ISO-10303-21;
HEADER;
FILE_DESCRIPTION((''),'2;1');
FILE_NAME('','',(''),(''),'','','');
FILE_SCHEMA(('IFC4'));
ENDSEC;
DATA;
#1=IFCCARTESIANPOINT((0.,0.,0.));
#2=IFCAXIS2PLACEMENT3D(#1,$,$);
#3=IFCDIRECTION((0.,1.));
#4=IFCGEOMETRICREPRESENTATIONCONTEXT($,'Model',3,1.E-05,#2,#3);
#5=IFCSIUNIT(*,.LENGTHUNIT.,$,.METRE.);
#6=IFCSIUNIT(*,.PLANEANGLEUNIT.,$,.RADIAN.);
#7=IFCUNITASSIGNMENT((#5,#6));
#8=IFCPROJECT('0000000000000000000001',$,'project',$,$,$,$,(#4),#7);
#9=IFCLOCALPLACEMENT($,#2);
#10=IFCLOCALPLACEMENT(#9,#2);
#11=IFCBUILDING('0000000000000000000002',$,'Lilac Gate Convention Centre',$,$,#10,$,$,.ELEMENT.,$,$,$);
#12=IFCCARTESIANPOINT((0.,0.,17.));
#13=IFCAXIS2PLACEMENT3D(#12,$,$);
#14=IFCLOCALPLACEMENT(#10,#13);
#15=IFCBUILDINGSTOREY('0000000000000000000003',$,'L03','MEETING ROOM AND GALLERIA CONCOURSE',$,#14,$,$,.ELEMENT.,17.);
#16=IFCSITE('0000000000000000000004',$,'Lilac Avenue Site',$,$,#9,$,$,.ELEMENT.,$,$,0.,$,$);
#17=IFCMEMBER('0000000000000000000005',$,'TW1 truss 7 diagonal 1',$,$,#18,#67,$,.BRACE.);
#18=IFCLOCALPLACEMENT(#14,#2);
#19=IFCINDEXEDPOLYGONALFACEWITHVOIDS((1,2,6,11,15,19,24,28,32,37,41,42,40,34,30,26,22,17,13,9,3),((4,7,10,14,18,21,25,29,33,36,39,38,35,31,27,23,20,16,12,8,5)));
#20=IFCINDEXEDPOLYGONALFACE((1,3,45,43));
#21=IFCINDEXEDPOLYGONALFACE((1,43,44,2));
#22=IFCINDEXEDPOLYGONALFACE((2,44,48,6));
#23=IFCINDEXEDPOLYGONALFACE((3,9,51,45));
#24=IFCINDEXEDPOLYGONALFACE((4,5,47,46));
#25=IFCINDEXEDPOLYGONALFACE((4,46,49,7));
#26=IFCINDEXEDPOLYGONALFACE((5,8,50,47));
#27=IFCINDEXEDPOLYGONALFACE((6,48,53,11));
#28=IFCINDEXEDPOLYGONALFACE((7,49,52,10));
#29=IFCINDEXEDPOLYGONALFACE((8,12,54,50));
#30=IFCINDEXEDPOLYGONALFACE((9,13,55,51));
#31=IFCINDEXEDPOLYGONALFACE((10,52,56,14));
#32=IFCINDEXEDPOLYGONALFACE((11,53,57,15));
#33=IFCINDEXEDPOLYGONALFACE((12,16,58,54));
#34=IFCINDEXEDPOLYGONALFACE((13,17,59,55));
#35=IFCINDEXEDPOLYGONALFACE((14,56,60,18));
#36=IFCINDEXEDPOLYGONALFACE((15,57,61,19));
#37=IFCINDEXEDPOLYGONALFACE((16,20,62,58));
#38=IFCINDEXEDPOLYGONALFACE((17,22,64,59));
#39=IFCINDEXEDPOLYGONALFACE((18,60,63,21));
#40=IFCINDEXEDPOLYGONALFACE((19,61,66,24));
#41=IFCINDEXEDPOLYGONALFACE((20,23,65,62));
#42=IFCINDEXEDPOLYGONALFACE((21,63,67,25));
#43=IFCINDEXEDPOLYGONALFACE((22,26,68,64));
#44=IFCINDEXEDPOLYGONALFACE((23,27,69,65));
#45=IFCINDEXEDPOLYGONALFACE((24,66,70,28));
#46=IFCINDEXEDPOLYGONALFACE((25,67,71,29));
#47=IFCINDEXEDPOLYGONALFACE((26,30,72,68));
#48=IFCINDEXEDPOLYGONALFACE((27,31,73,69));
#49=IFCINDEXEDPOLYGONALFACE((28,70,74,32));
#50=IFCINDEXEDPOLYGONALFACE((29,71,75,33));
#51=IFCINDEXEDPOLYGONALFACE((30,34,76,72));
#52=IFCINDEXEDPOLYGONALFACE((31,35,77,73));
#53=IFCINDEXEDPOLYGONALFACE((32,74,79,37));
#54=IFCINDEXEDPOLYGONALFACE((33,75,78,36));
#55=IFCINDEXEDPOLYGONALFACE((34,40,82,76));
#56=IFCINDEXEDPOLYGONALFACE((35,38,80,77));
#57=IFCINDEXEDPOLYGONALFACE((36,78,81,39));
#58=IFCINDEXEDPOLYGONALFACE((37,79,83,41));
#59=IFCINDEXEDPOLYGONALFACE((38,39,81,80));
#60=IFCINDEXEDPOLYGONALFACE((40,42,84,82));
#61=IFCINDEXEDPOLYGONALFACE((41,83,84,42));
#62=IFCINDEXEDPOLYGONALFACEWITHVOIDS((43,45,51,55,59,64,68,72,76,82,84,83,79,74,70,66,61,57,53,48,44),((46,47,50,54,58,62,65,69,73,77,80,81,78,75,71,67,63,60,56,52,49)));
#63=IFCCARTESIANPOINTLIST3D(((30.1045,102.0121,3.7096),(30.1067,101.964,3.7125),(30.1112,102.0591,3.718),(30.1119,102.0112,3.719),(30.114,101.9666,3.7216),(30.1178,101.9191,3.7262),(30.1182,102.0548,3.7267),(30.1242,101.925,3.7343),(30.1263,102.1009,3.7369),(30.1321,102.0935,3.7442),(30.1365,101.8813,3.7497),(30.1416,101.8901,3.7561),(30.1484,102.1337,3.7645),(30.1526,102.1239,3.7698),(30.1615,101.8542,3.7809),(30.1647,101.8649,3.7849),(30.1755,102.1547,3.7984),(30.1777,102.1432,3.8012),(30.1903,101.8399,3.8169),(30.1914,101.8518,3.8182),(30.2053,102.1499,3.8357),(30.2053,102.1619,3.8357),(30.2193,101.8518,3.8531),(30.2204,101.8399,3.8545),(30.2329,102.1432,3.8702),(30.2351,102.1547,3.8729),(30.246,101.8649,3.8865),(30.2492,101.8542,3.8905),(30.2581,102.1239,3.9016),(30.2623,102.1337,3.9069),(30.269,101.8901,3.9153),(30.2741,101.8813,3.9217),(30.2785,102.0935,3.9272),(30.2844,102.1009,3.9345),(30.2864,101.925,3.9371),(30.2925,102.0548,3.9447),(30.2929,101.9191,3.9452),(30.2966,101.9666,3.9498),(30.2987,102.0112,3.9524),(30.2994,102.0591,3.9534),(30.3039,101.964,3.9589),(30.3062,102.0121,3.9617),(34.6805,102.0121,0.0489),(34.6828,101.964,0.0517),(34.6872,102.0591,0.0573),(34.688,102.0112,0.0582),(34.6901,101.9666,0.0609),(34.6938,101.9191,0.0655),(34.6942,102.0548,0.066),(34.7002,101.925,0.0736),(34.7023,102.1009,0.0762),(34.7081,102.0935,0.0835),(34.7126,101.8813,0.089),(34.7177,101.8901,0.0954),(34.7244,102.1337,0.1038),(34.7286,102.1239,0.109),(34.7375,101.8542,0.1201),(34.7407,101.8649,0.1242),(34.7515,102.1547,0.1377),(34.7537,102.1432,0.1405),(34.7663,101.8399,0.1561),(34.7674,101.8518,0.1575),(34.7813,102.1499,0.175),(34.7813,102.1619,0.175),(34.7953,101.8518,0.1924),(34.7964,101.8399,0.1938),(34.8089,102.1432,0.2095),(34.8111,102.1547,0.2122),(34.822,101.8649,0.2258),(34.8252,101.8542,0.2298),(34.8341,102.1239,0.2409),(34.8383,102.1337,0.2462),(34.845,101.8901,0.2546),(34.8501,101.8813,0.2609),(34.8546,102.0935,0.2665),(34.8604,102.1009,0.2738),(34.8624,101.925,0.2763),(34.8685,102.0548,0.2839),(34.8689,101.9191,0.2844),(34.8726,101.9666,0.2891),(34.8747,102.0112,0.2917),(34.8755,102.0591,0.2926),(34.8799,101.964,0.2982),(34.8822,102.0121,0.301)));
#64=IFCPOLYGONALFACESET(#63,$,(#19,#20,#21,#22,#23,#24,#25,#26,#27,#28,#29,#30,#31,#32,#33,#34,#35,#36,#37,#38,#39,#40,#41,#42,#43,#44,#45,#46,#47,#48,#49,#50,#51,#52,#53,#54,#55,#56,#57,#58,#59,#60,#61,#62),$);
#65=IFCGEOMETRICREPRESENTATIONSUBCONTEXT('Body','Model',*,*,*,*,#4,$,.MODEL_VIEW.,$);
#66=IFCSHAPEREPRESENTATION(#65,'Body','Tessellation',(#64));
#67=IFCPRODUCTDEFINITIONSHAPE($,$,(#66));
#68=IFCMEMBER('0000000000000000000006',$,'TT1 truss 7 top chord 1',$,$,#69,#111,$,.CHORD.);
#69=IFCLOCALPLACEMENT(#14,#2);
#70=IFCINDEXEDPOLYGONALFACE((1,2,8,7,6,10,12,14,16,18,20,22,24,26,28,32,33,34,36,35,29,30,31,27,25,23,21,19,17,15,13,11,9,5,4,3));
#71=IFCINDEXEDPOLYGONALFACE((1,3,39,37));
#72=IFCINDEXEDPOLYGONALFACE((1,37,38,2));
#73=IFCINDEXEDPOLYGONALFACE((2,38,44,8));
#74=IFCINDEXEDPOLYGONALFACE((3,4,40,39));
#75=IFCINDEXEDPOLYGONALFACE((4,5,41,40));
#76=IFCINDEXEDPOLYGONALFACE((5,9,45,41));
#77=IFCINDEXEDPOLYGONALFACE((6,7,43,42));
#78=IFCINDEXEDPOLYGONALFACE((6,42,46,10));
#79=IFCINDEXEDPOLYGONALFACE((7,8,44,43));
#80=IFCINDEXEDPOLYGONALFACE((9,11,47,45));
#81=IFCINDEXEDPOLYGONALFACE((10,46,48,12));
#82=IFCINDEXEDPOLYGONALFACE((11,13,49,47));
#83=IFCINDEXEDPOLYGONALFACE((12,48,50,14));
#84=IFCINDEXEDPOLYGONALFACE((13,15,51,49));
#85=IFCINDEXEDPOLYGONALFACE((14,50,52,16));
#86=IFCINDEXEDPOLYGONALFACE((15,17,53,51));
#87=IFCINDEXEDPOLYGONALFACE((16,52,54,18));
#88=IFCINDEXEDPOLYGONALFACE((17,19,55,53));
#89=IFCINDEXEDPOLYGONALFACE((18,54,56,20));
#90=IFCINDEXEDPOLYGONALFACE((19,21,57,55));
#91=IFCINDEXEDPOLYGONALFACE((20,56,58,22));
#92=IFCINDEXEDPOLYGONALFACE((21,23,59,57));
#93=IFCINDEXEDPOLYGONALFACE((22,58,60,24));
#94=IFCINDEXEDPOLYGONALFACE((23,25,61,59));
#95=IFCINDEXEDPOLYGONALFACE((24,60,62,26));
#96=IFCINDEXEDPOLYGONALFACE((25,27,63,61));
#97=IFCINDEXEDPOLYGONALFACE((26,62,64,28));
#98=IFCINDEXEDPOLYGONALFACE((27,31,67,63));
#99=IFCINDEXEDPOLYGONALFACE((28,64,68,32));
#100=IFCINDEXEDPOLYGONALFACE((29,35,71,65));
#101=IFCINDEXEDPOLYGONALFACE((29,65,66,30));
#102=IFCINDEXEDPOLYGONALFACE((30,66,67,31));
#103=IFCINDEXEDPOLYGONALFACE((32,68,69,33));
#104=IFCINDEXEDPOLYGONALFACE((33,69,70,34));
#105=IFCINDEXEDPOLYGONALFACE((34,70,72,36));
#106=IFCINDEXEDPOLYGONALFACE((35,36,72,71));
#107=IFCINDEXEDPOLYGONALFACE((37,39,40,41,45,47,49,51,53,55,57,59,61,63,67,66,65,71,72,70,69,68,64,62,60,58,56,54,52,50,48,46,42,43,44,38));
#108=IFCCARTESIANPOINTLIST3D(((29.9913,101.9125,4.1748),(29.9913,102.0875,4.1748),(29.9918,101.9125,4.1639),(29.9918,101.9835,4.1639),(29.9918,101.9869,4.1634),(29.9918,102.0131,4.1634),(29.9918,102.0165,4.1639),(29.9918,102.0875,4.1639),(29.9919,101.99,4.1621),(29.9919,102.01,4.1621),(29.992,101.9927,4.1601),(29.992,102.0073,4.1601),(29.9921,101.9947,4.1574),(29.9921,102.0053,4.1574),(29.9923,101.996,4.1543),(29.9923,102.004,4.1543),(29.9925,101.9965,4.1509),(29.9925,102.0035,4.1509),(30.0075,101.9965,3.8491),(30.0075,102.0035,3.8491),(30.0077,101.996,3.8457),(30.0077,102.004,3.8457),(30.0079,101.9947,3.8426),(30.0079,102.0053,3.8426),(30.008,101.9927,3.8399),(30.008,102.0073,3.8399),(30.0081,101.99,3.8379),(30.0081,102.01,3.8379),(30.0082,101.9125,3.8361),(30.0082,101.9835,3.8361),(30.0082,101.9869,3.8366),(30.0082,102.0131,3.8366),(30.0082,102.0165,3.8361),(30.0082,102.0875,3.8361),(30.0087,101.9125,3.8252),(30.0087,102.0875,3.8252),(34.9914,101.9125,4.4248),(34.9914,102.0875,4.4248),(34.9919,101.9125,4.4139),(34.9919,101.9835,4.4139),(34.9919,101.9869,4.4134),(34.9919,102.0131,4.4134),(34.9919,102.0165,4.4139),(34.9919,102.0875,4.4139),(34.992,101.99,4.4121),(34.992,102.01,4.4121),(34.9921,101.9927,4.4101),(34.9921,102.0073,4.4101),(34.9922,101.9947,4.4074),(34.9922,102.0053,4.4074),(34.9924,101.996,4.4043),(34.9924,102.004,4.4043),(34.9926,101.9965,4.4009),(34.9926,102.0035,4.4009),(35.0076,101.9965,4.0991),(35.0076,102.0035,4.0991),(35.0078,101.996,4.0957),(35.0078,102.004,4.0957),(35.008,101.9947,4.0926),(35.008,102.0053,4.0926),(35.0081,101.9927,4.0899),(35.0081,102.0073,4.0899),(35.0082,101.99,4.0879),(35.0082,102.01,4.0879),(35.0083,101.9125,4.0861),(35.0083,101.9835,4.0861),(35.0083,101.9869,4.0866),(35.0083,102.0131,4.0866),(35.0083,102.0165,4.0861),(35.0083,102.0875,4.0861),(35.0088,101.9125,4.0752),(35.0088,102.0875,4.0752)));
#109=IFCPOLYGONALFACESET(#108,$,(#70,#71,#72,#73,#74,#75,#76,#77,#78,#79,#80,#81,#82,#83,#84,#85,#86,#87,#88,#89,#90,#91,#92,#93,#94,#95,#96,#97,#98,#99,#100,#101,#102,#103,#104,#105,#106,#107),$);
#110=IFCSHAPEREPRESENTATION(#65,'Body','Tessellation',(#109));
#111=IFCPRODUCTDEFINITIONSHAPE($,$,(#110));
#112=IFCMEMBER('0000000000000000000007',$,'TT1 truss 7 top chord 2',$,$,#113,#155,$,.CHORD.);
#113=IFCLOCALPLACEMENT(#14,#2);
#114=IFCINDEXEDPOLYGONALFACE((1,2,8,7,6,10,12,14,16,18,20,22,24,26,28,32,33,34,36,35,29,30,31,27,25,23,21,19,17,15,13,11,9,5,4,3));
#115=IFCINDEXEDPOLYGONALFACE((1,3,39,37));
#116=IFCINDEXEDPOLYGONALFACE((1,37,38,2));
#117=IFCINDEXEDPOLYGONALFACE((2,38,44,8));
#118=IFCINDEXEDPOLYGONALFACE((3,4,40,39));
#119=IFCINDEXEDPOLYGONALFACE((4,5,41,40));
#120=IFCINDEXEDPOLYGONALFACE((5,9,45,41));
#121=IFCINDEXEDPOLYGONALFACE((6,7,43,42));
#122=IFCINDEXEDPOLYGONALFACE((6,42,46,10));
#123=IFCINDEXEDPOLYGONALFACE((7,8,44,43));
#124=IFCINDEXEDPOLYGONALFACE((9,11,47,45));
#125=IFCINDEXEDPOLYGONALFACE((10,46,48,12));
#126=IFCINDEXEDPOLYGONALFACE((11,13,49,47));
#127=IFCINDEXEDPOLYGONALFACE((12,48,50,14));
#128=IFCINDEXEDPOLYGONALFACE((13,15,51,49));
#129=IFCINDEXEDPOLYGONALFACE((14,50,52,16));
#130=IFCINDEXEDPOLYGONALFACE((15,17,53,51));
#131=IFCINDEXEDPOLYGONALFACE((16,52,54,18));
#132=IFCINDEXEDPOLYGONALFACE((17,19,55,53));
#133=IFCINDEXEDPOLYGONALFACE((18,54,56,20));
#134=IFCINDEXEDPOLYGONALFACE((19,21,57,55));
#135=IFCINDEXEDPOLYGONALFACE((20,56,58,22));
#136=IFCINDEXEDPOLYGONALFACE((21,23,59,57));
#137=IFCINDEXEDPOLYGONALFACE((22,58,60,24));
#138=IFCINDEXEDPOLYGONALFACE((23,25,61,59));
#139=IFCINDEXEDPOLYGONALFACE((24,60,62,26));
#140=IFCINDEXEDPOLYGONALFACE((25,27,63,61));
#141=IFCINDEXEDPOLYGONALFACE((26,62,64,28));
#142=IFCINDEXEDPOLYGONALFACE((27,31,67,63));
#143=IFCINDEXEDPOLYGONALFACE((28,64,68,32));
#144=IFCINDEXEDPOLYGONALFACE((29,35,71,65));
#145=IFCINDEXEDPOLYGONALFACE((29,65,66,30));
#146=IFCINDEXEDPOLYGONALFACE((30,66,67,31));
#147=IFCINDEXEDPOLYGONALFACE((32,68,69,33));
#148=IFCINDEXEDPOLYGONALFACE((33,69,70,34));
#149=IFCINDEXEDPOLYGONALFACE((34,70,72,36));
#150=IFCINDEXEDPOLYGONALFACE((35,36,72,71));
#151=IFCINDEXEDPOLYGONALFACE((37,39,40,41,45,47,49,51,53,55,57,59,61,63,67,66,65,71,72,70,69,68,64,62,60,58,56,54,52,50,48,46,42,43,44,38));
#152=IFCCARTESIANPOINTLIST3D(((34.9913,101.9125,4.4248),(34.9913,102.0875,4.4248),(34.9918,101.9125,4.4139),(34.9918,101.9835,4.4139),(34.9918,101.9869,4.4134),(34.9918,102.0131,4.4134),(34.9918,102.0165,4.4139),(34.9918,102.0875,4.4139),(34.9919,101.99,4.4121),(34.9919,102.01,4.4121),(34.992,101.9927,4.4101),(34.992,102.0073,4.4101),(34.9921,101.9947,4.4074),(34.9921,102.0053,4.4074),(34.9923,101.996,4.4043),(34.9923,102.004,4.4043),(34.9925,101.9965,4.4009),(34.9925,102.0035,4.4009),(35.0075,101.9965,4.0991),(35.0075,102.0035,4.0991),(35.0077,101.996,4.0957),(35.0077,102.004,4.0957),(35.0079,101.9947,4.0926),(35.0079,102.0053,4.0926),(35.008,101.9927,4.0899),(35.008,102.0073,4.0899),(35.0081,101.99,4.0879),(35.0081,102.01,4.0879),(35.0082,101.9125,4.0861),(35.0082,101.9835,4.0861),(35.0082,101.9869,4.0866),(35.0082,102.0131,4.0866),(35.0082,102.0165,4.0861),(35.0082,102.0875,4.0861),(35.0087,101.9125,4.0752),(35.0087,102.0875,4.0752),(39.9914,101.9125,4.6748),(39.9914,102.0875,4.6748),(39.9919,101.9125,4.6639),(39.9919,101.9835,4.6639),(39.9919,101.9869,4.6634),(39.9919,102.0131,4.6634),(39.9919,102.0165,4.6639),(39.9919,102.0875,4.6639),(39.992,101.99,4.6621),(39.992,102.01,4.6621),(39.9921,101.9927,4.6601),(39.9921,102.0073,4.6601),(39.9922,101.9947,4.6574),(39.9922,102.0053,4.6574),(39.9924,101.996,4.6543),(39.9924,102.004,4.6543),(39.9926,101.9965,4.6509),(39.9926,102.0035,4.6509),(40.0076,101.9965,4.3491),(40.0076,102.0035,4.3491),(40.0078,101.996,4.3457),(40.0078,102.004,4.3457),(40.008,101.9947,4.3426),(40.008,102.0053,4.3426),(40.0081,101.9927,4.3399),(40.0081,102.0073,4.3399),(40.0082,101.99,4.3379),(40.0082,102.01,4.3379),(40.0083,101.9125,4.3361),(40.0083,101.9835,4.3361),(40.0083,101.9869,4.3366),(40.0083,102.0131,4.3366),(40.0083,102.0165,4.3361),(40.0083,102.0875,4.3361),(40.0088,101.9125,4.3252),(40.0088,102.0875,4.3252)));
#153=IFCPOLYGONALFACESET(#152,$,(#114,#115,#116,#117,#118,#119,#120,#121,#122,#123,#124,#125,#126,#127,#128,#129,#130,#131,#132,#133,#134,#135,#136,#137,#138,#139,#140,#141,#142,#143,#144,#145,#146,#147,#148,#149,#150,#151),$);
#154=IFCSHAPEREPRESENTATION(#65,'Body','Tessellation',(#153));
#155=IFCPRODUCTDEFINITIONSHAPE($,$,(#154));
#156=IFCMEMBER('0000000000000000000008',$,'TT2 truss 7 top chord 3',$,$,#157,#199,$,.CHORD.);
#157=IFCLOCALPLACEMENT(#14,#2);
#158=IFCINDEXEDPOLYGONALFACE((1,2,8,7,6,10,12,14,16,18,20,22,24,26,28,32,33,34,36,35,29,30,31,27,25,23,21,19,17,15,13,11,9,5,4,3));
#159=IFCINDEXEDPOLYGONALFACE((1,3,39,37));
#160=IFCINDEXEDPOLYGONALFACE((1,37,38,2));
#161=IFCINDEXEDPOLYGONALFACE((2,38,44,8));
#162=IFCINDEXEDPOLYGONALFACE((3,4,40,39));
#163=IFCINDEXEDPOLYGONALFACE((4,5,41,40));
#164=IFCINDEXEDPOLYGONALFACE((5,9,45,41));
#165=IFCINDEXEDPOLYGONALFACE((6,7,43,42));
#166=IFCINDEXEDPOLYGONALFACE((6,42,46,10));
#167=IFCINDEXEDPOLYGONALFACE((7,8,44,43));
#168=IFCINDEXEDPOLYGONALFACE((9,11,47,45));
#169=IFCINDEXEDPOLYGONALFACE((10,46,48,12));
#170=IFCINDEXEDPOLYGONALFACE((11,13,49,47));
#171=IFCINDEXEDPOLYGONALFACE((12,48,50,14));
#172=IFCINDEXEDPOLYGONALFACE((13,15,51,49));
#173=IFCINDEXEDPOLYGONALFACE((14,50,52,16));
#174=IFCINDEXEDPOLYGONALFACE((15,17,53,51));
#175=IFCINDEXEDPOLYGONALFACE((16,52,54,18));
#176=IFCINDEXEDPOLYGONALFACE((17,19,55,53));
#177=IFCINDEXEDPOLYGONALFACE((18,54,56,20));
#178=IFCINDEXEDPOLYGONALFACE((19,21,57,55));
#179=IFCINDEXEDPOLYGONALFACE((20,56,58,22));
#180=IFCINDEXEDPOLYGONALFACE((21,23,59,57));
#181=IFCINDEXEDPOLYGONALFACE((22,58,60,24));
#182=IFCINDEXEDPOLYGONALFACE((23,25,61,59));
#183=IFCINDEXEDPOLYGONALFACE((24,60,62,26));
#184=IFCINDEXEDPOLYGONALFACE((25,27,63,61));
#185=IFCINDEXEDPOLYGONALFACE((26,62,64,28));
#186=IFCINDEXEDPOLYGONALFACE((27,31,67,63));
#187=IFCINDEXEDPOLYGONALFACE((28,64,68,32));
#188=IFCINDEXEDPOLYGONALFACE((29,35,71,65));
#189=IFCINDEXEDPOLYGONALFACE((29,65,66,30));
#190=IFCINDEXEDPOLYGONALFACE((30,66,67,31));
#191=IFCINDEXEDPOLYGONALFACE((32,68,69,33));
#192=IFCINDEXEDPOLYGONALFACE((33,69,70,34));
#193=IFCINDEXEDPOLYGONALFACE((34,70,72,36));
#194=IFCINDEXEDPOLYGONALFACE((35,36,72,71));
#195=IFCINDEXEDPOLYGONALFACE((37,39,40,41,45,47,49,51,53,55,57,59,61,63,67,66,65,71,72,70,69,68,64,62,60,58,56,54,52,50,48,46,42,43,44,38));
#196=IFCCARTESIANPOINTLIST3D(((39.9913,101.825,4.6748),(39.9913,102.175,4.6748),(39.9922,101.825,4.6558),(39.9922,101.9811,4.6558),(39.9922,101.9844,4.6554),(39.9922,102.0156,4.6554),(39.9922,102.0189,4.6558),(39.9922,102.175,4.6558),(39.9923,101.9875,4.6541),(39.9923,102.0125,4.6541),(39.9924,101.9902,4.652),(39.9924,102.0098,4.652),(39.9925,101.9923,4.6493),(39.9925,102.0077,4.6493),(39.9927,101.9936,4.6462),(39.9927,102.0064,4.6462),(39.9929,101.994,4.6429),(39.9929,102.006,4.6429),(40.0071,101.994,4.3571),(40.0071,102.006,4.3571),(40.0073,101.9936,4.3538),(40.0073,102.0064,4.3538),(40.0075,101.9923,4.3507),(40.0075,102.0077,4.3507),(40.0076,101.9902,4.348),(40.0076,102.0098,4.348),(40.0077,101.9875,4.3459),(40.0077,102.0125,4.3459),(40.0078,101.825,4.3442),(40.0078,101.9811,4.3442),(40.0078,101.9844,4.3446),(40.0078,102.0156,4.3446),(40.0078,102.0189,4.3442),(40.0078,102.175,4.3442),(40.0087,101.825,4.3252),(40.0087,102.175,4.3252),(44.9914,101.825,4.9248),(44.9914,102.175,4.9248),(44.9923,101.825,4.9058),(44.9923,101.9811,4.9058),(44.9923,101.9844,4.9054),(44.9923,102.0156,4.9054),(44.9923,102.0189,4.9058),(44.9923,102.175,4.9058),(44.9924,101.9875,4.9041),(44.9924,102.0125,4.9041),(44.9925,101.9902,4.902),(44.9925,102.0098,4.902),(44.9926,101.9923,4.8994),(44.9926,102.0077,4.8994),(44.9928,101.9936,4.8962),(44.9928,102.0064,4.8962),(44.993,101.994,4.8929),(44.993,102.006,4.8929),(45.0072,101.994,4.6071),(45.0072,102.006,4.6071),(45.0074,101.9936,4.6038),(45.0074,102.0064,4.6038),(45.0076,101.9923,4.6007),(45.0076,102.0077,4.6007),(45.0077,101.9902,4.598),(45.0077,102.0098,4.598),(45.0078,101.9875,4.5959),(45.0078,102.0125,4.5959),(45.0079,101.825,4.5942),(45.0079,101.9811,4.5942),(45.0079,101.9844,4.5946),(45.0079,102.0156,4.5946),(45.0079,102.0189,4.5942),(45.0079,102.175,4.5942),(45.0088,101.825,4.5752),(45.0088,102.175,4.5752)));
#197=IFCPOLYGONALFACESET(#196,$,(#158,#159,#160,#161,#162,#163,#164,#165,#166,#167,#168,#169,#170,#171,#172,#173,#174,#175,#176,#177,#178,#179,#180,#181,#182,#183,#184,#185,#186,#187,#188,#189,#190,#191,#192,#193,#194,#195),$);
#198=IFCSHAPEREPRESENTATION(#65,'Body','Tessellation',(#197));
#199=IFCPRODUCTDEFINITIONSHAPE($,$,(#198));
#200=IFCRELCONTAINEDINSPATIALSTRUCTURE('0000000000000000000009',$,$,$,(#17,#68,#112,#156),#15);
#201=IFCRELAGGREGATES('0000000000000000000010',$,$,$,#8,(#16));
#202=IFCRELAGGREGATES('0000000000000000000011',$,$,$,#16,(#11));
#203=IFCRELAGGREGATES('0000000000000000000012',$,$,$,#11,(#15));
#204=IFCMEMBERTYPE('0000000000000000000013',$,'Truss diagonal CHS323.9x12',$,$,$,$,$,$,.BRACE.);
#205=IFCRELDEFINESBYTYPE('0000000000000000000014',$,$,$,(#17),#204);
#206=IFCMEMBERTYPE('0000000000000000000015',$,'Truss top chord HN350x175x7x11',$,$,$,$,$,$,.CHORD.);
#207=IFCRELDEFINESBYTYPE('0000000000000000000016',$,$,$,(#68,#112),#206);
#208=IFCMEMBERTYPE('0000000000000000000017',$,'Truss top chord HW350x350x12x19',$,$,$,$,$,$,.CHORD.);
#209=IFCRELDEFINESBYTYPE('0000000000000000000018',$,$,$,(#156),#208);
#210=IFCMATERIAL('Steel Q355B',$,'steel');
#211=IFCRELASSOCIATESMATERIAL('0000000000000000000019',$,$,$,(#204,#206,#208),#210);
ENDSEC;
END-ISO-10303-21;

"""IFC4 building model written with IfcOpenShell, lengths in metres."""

from ifc_helpers import new_model, si_unit, direction, frame, origin, origin_2d, place, context, subcontext, project, spatial, hollow_circle, i_section, extrude, material, material_profile, profile_set, type_object, element, save


model = new_model("IFC4")

# Units and contexts
model_context = context("Model", 3, precision=1e-05, world=origin(), true_north=direction((0.0, 1.0)))
body_context = subcontext(model_context, "Body", "Model", "MODEL_VIEW")
ifc_project = project(units=[si_unit("LENGTHUNIT", "METRE"), si_unit("PLANEANGLEUNIT", "RADIAN")], contexts=[model_context])

# Site, building, storey
site_placement = place(None, origin())
site = spatial("IfcSite", under=ifc_project, at=site_placement, Name="Lilac Avenue Site", CompositionType="ELEMENT", RefElevation=0.0)
building_placement = place(site_placement, origin())
building = spatial("IfcBuilding", under=site, at=building_placement, Name="Lilac Gate Convention Centre", CompositionType="ELEMENT")
storey_placement = place(building_placement, frame((0.0, 0.0, 17.0)))
storey = spatial("IfcBuildingStorey", under=building, at=storey_placement, Name="L03", Description="MEETING ROOM AND GALLERIA CONCOURSE", CompositionType="ELEMENT", Elevation=17.0)

# Members
ifc_material = material(Name="Steel Q355B", Category="steel")
ifc_material_profile_1 = material_profile(ifc_material, hollow_circle(Radius=0.1619, WallThickness=0.012, at=origin_2d()), Name="CHS323.9x12")
ifc_profile_set_1 = profile_set([ifc_material_profile_1], Name="Steel Q355B")
member_type_1 = type_object("IfcMemberType", Name="Truss diagonal CHS323.9x12", PredefinedType="BRACE", material=ifc_profile_set_1)
member_1_placement = place(storey_placement, frame((30.2053, 102.0, 3.8357), z_axis=(0.780877, 0.0, -0.624685), x_axis=(0.0, 1.0, 0.0)))
element("IfcMember", 1, at=member_1_placement, inside=storey, type_object=member_type_1, Name="TW1 truss 7 diagonal 1", PredefinedType="BRACE", context=body_context, shape_type="SweptSolid", body=[
    extrude(hollow_circle(Radius=0.1619, WallThickness=0.012, at=origin_2d()), origin(), (0.0, 0.0, 1.0), 5.8601),
])
ifc_material_profile_2 = material_profile(ifc_material, i_section(OverallWidth=0.175, OverallDepth=0.3501, WebThickness=0.0071, FlangeThickness=0.011, FilletRadius=0.0129, at=origin_2d()), Name="HN350x175x7x11")
ifc_profile_set_2 = profile_set([ifc_material_profile_2], Name="Steel Q355B")
member_type_2 = type_object("IfcMemberType", Name="Truss top chord HN350x175x7x11", PredefinedType="CHORD", material=ifc_profile_set_2)
for number, where, z_axis, x_axis, name in (
    (2, (30.0, 102.0, 4.0), (0.998752, 0.0, 0.049938), (0.0, 1.0, 0.0), "TT1 truss 7 top chord 1"),
    (3, (35.0, 102.0, 4.25), (0.998752, 0.0, 0.049938), (0.0, 1.0, 0.0), "TT1 truss 7 top chord 2"),
):
    element("IfcMember", number, at=place(storey_placement, frame(where, z_axis=z_axis, x_axis=x_axis)), inside=storey, type_object=member_type_2, Name=name, PredefinedType="CHORD", context=body_context, shape_type="SweptSolid", body=[
        extrude(i_section(OverallWidth=0.175, OverallDepth=0.3501, WebThickness=0.0071, FlangeThickness=0.011, FilletRadius=0.0129, at=origin_2d()), origin(), (0.0, 0.0, 1.0), 5.0063),
    ])
ifc_material_profile_3 = material_profile(ifc_material, i_section(OverallWidth=0.3501, OverallDepth=0.3501, WebThickness=0.012, FlangeThickness=0.019, FilletRadius=0.0129, at=origin_2d()), Name="HW350x350x12x19")
ifc_profile_set_3 = profile_set([ifc_material_profile_3], Name="Steel Q355B")
member_type_3 = type_object("IfcMemberType", Name="Truss top chord HW350x350x12x19", PredefinedType="CHORD", material=ifc_profile_set_3)
member_2_placement = place(storey_placement, frame((40.0, 102.0, 4.5), z_axis=(0.998752, 0.0, 0.049938), x_axis=(0.0, 1.0, 0.0)))
element("IfcMember", 4, at=member_2_placement, inside=storey, type_object=member_type_3, Name="TT2 truss 7 top chord 3", PredefinedType="CHORD", context=body_context, shape_type="SweptSolid", body=[
    extrude(i_section(OverallWidth=0.3501, OverallDepth=0.3501, WebThickness=0.012, FlangeThickness=0.019, FilletRadius=0.0129, at=origin_2d()), origin(), (0.0, 0.0, 1.0), 5.0063),
])

save(model, "model.ifc")
